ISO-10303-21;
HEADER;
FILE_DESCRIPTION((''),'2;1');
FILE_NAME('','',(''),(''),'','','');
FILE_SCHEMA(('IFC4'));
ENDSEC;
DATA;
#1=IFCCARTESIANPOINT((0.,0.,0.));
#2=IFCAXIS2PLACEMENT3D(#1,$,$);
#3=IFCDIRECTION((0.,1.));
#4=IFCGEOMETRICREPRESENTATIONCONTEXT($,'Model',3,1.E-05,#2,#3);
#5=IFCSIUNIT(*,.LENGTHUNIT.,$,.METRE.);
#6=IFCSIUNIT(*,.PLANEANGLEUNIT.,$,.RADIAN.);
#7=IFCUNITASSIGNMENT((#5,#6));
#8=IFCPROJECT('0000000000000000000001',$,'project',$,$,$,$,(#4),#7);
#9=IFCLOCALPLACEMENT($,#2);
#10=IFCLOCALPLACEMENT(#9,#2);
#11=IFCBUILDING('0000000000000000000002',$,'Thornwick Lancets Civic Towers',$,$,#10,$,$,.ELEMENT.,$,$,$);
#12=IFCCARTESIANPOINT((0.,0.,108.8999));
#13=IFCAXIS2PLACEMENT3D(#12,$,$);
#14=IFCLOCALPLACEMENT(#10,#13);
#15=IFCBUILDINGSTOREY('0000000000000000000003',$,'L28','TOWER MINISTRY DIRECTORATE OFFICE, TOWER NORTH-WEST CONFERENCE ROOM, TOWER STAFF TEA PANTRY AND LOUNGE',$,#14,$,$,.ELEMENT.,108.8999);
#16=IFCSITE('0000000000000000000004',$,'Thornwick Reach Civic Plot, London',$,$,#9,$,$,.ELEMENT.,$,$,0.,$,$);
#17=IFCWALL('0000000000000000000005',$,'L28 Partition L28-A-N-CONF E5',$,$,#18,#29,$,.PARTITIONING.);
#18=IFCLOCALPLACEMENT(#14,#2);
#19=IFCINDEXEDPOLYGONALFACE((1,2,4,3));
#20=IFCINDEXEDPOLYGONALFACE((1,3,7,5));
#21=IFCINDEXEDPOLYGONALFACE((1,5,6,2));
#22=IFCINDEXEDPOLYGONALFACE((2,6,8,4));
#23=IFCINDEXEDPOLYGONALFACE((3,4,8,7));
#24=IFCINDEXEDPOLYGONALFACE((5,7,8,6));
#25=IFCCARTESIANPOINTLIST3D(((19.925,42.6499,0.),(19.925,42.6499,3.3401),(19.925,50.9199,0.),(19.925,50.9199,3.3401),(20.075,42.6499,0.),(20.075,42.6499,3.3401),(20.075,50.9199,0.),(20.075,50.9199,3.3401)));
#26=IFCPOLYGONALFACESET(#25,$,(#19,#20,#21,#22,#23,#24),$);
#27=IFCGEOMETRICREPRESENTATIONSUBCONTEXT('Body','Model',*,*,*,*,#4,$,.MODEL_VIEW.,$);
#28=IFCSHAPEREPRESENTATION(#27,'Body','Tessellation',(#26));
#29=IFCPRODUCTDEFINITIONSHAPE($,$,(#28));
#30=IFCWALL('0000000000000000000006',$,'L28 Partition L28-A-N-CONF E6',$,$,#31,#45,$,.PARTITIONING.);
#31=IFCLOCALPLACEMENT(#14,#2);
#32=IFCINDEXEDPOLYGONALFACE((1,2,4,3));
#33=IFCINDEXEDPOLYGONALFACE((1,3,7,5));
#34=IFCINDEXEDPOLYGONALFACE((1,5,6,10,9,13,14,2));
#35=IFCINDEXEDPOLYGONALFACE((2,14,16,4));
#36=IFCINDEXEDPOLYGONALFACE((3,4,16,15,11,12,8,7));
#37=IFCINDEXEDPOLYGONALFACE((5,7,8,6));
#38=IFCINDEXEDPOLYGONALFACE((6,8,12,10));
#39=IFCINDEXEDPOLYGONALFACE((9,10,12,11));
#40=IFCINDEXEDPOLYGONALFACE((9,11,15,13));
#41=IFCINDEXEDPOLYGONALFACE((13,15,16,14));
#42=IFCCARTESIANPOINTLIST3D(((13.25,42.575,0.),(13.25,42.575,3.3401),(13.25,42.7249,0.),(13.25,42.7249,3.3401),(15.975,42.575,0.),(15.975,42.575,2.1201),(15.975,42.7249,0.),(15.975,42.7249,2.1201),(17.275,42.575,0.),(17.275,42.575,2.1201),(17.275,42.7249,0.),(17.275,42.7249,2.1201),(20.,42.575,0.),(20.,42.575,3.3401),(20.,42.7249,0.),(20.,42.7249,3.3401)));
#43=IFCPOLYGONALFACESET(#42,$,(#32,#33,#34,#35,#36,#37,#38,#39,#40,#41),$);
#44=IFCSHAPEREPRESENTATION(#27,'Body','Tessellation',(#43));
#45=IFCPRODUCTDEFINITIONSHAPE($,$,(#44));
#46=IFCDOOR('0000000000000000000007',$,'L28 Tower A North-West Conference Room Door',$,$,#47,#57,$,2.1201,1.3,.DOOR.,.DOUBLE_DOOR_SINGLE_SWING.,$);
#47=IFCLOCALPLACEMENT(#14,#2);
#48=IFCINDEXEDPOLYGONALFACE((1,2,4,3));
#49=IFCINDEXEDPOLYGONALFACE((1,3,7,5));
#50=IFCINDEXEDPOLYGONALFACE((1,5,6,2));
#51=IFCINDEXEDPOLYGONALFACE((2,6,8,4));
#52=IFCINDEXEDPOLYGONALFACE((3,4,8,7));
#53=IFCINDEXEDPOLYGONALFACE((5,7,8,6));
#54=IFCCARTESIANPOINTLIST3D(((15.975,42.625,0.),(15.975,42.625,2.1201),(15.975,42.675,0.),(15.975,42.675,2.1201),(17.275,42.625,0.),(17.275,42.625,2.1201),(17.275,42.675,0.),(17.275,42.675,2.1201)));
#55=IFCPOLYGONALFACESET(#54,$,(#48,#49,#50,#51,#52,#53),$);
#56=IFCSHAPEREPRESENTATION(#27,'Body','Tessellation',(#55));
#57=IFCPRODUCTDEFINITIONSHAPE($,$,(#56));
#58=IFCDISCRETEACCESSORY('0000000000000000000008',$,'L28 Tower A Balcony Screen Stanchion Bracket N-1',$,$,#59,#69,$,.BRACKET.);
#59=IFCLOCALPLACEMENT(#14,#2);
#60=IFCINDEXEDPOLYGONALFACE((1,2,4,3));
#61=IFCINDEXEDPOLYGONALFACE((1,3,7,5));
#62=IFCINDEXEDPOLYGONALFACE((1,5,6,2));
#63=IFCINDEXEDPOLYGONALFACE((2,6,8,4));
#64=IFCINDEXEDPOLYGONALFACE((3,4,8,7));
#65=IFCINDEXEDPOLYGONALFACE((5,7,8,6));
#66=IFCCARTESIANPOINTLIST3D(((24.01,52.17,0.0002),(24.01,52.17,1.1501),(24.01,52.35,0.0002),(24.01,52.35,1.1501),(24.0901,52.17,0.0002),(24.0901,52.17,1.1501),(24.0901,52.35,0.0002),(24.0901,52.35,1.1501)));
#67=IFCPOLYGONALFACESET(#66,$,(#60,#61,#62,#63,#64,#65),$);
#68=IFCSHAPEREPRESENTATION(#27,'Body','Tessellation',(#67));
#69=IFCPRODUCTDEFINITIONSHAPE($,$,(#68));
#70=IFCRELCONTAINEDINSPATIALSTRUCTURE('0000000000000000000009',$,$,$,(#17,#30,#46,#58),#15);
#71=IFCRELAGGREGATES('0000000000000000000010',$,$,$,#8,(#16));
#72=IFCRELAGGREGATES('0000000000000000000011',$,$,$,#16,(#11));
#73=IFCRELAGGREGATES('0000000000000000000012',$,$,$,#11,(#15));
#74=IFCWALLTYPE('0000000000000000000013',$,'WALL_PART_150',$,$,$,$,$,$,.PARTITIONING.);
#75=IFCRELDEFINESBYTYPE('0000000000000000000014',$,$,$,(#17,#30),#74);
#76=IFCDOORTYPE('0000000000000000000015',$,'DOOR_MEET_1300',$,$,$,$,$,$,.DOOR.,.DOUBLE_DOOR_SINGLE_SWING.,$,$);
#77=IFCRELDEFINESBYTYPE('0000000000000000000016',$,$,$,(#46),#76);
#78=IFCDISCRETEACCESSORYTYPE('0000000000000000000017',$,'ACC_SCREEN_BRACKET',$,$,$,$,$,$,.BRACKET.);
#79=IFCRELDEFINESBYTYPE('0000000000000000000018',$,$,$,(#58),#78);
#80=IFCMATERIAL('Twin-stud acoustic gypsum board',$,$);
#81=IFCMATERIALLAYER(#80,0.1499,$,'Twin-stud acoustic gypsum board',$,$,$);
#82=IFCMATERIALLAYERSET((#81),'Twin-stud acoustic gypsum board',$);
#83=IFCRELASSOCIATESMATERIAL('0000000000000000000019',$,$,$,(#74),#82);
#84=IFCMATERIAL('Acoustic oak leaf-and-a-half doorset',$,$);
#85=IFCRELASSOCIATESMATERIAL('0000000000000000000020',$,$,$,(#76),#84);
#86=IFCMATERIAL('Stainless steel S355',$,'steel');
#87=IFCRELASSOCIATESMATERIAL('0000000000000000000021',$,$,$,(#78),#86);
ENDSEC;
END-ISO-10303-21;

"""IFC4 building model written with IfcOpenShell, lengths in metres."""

from ifc_helpers import new_model, si_unit, direction, frame, frame_2d, origin, origin_2d, place, context, subcontext, project, spatial, rectangle, extrude, material, layer, layer_set, type_object, element, fill, save


model = new_model("IFC4")

# Units and contexts
model_context = context("Model", 3, precision=1e-05, world=origin(), true_north=direction((0.0, 1.0)))
body_context = subcontext(model_context, "Body", "Model", "MODEL_VIEW")
ifc_project = project(units=[si_unit("LENGTHUNIT", "METRE"), si_unit("PLANEANGLEUNIT", "RADIAN")], contexts=[model_context])

# Site, building, storey
site_placement = place(None, origin())
site = spatial("IfcSite", under=ifc_project, at=site_placement, Name="Thornwick Reach Civic Plot, London", CompositionType="ELEMENT", RefElevation=0.0)
building_placement = place(site_placement, origin())
building = spatial("IfcBuilding", under=site, at=building_placement, Name="Thornwick Lancets Civic Towers", CompositionType="ELEMENT")
storey_placement = place(building_placement, frame((0.0, 0.0, 108.8999)))
storey = spatial("IfcBuildingStorey", under=building, at=storey_placement, Name="L28", Description="TOWER MINISTRY DIRECTORATE OFFICE, TOWER NORTH-WEST CONFERENCE ROOM, TOWER STAFF TEA PANTRY AND LOUNGE", CompositionType="ELEMENT", Elevation=108.8999)

# Wall
ifc_material_1 = material(Name="Twin-stud acoustic gypsum board")
ifc_layer_1 = layer(ifc_material_1, 0.1499, Name="Twin-stud acoustic gypsum board")
ifc_layer_set_1 = layer_set([ifc_layer_1], Name="Twin-stud acoustic gypsum board")
wall_type_1 = type_object("IfcWallType", Name="WALL_PART_150", PredefinedType="PARTITIONING", material=ifc_layer_set_1)
wall_1_placement = place(storey_placement, frame((20.0, 50.9199, 0.0), z_axis=(0.0, 0.0, 1.0), x_axis=(0.0, -1.0, 0.0)))
element("IfcWall", 1, at=wall_1_placement, inside=storey, type_object=wall_type_1, Name="L28 Partition L28-A-N-CONF E5", PredefinedType="PARTITIONING", context=body_context, shape_type="SweptSolid", body=[
    extrude(rectangle(XDim=8.27, YDim=0.1499, at=frame_2d((4.135, 0.0))), origin(), (0.0, 0.0, 1.0), 3.3401),
])

# Wall, opening, door
wall_2_placement = place(storey_placement, frame((20.0, 42.6499, 0.0), z_axis=(0.0, 0.0, 1.0), x_axis=(-1.0, 0.0, 0.0)))
wall_2 = element("IfcWall", 2, at=wall_2_placement, inside=storey, type_object=wall_type_1, Name="L28 Partition L28-A-N-CONF E6", PredefinedType="PARTITIONING", context=body_context, shape_type="SweptSolid", body=[
    extrude(rectangle(XDim=6.75, YDim=0.1499, at=frame_2d((3.375, 0.0))), origin(), (0.0, 0.0, 1.0), 3.3401),
])
opening_1_placement = place(wall_2_placement, frame((2.7251, 0.0, 0.0)))
opening_1 = element("IfcOpeningElement", 3, at=opening_1_placement, cuts=wall_2, PredefinedType="OPENING", context=body_context, shape_type="SweptSolid", body=[
    extrude(rectangle(XDim=1.3, YDim=2.1201, at=frame_2d((0.6499, 1.0601))), frame((0.0, 0.085, 0.0), z_axis=(0.0, -1.0, 0.0), x_axis=(1.0, 0.0, 0.0)), (0.0, 0.0, 1.0), 0.1699),
])
ifc_material_2 = material(Name="Acoustic oak leaf-and-a-half doorset")
door_type_1 = type_object("IfcDoorType", Name="DOOR_MEET_1300", OperationType="DOUBLE_DOOR_SINGLE_SWING", PredefinedType="DOOR", material=ifc_material_2)
door_1_placement = place(opening_1_placement, origin())
door_1 = element("IfcDoor", 4, at=door_1_placement, inside=storey, type_object=door_type_1, Name="L28 Tower A North-West Conference Room Door", OperationType="DOUBLE_DOOR_SINGLE_SWING", OverallHeight=2.1201, OverallWidth=1.3, PredefinedType="DOOR", context=body_context, shape_type="SweptSolid", body=[
    extrude(rectangle(XDim=1.3, YDim=2.1201, at=frame_2d((0.6499, 1.0601))), frame((0.0, 0.0249, 0.0), z_axis=(0.0, -1.0, 0.0), x_axis=(1.0, 0.0, 0.0)), (0.0, 0.0, 1.0), 0.05),
])
fill(opening_1, door_1)

# Discrete accessory
ifc_material_3 = material(Name="Stainless steel S355", Category="steel")
discrete_accessory_type = type_object("IfcDiscreteAccessoryType", Name="ACC_SCREEN_BRACKET", PredefinedType="BRACKET", material=ifc_material_3)
discrete_accessory_placement = place(storey_placement, frame((24.05, 52.26, 0.0002), z_axis=(0.0, 0.0, 1.0), x_axis=(1.0, 0.0, 0.0)))
element("IfcDiscreteAccessory", 5, at=discrete_accessory_placement, inside=storey, type_object=discrete_accessory_type, Name="L28 Tower A Balcony Screen Stanchion Bracket N-1", PredefinedType="BRACKET", context=body_context, shape_type="SweptSolid", body=[
    extrude(rectangle(XDim=0.0801, YDim=0.1799, at=origin_2d()), origin(), (0.0, 0.0, 1.0), 1.1499),
])

save(model, "model.ifc")
